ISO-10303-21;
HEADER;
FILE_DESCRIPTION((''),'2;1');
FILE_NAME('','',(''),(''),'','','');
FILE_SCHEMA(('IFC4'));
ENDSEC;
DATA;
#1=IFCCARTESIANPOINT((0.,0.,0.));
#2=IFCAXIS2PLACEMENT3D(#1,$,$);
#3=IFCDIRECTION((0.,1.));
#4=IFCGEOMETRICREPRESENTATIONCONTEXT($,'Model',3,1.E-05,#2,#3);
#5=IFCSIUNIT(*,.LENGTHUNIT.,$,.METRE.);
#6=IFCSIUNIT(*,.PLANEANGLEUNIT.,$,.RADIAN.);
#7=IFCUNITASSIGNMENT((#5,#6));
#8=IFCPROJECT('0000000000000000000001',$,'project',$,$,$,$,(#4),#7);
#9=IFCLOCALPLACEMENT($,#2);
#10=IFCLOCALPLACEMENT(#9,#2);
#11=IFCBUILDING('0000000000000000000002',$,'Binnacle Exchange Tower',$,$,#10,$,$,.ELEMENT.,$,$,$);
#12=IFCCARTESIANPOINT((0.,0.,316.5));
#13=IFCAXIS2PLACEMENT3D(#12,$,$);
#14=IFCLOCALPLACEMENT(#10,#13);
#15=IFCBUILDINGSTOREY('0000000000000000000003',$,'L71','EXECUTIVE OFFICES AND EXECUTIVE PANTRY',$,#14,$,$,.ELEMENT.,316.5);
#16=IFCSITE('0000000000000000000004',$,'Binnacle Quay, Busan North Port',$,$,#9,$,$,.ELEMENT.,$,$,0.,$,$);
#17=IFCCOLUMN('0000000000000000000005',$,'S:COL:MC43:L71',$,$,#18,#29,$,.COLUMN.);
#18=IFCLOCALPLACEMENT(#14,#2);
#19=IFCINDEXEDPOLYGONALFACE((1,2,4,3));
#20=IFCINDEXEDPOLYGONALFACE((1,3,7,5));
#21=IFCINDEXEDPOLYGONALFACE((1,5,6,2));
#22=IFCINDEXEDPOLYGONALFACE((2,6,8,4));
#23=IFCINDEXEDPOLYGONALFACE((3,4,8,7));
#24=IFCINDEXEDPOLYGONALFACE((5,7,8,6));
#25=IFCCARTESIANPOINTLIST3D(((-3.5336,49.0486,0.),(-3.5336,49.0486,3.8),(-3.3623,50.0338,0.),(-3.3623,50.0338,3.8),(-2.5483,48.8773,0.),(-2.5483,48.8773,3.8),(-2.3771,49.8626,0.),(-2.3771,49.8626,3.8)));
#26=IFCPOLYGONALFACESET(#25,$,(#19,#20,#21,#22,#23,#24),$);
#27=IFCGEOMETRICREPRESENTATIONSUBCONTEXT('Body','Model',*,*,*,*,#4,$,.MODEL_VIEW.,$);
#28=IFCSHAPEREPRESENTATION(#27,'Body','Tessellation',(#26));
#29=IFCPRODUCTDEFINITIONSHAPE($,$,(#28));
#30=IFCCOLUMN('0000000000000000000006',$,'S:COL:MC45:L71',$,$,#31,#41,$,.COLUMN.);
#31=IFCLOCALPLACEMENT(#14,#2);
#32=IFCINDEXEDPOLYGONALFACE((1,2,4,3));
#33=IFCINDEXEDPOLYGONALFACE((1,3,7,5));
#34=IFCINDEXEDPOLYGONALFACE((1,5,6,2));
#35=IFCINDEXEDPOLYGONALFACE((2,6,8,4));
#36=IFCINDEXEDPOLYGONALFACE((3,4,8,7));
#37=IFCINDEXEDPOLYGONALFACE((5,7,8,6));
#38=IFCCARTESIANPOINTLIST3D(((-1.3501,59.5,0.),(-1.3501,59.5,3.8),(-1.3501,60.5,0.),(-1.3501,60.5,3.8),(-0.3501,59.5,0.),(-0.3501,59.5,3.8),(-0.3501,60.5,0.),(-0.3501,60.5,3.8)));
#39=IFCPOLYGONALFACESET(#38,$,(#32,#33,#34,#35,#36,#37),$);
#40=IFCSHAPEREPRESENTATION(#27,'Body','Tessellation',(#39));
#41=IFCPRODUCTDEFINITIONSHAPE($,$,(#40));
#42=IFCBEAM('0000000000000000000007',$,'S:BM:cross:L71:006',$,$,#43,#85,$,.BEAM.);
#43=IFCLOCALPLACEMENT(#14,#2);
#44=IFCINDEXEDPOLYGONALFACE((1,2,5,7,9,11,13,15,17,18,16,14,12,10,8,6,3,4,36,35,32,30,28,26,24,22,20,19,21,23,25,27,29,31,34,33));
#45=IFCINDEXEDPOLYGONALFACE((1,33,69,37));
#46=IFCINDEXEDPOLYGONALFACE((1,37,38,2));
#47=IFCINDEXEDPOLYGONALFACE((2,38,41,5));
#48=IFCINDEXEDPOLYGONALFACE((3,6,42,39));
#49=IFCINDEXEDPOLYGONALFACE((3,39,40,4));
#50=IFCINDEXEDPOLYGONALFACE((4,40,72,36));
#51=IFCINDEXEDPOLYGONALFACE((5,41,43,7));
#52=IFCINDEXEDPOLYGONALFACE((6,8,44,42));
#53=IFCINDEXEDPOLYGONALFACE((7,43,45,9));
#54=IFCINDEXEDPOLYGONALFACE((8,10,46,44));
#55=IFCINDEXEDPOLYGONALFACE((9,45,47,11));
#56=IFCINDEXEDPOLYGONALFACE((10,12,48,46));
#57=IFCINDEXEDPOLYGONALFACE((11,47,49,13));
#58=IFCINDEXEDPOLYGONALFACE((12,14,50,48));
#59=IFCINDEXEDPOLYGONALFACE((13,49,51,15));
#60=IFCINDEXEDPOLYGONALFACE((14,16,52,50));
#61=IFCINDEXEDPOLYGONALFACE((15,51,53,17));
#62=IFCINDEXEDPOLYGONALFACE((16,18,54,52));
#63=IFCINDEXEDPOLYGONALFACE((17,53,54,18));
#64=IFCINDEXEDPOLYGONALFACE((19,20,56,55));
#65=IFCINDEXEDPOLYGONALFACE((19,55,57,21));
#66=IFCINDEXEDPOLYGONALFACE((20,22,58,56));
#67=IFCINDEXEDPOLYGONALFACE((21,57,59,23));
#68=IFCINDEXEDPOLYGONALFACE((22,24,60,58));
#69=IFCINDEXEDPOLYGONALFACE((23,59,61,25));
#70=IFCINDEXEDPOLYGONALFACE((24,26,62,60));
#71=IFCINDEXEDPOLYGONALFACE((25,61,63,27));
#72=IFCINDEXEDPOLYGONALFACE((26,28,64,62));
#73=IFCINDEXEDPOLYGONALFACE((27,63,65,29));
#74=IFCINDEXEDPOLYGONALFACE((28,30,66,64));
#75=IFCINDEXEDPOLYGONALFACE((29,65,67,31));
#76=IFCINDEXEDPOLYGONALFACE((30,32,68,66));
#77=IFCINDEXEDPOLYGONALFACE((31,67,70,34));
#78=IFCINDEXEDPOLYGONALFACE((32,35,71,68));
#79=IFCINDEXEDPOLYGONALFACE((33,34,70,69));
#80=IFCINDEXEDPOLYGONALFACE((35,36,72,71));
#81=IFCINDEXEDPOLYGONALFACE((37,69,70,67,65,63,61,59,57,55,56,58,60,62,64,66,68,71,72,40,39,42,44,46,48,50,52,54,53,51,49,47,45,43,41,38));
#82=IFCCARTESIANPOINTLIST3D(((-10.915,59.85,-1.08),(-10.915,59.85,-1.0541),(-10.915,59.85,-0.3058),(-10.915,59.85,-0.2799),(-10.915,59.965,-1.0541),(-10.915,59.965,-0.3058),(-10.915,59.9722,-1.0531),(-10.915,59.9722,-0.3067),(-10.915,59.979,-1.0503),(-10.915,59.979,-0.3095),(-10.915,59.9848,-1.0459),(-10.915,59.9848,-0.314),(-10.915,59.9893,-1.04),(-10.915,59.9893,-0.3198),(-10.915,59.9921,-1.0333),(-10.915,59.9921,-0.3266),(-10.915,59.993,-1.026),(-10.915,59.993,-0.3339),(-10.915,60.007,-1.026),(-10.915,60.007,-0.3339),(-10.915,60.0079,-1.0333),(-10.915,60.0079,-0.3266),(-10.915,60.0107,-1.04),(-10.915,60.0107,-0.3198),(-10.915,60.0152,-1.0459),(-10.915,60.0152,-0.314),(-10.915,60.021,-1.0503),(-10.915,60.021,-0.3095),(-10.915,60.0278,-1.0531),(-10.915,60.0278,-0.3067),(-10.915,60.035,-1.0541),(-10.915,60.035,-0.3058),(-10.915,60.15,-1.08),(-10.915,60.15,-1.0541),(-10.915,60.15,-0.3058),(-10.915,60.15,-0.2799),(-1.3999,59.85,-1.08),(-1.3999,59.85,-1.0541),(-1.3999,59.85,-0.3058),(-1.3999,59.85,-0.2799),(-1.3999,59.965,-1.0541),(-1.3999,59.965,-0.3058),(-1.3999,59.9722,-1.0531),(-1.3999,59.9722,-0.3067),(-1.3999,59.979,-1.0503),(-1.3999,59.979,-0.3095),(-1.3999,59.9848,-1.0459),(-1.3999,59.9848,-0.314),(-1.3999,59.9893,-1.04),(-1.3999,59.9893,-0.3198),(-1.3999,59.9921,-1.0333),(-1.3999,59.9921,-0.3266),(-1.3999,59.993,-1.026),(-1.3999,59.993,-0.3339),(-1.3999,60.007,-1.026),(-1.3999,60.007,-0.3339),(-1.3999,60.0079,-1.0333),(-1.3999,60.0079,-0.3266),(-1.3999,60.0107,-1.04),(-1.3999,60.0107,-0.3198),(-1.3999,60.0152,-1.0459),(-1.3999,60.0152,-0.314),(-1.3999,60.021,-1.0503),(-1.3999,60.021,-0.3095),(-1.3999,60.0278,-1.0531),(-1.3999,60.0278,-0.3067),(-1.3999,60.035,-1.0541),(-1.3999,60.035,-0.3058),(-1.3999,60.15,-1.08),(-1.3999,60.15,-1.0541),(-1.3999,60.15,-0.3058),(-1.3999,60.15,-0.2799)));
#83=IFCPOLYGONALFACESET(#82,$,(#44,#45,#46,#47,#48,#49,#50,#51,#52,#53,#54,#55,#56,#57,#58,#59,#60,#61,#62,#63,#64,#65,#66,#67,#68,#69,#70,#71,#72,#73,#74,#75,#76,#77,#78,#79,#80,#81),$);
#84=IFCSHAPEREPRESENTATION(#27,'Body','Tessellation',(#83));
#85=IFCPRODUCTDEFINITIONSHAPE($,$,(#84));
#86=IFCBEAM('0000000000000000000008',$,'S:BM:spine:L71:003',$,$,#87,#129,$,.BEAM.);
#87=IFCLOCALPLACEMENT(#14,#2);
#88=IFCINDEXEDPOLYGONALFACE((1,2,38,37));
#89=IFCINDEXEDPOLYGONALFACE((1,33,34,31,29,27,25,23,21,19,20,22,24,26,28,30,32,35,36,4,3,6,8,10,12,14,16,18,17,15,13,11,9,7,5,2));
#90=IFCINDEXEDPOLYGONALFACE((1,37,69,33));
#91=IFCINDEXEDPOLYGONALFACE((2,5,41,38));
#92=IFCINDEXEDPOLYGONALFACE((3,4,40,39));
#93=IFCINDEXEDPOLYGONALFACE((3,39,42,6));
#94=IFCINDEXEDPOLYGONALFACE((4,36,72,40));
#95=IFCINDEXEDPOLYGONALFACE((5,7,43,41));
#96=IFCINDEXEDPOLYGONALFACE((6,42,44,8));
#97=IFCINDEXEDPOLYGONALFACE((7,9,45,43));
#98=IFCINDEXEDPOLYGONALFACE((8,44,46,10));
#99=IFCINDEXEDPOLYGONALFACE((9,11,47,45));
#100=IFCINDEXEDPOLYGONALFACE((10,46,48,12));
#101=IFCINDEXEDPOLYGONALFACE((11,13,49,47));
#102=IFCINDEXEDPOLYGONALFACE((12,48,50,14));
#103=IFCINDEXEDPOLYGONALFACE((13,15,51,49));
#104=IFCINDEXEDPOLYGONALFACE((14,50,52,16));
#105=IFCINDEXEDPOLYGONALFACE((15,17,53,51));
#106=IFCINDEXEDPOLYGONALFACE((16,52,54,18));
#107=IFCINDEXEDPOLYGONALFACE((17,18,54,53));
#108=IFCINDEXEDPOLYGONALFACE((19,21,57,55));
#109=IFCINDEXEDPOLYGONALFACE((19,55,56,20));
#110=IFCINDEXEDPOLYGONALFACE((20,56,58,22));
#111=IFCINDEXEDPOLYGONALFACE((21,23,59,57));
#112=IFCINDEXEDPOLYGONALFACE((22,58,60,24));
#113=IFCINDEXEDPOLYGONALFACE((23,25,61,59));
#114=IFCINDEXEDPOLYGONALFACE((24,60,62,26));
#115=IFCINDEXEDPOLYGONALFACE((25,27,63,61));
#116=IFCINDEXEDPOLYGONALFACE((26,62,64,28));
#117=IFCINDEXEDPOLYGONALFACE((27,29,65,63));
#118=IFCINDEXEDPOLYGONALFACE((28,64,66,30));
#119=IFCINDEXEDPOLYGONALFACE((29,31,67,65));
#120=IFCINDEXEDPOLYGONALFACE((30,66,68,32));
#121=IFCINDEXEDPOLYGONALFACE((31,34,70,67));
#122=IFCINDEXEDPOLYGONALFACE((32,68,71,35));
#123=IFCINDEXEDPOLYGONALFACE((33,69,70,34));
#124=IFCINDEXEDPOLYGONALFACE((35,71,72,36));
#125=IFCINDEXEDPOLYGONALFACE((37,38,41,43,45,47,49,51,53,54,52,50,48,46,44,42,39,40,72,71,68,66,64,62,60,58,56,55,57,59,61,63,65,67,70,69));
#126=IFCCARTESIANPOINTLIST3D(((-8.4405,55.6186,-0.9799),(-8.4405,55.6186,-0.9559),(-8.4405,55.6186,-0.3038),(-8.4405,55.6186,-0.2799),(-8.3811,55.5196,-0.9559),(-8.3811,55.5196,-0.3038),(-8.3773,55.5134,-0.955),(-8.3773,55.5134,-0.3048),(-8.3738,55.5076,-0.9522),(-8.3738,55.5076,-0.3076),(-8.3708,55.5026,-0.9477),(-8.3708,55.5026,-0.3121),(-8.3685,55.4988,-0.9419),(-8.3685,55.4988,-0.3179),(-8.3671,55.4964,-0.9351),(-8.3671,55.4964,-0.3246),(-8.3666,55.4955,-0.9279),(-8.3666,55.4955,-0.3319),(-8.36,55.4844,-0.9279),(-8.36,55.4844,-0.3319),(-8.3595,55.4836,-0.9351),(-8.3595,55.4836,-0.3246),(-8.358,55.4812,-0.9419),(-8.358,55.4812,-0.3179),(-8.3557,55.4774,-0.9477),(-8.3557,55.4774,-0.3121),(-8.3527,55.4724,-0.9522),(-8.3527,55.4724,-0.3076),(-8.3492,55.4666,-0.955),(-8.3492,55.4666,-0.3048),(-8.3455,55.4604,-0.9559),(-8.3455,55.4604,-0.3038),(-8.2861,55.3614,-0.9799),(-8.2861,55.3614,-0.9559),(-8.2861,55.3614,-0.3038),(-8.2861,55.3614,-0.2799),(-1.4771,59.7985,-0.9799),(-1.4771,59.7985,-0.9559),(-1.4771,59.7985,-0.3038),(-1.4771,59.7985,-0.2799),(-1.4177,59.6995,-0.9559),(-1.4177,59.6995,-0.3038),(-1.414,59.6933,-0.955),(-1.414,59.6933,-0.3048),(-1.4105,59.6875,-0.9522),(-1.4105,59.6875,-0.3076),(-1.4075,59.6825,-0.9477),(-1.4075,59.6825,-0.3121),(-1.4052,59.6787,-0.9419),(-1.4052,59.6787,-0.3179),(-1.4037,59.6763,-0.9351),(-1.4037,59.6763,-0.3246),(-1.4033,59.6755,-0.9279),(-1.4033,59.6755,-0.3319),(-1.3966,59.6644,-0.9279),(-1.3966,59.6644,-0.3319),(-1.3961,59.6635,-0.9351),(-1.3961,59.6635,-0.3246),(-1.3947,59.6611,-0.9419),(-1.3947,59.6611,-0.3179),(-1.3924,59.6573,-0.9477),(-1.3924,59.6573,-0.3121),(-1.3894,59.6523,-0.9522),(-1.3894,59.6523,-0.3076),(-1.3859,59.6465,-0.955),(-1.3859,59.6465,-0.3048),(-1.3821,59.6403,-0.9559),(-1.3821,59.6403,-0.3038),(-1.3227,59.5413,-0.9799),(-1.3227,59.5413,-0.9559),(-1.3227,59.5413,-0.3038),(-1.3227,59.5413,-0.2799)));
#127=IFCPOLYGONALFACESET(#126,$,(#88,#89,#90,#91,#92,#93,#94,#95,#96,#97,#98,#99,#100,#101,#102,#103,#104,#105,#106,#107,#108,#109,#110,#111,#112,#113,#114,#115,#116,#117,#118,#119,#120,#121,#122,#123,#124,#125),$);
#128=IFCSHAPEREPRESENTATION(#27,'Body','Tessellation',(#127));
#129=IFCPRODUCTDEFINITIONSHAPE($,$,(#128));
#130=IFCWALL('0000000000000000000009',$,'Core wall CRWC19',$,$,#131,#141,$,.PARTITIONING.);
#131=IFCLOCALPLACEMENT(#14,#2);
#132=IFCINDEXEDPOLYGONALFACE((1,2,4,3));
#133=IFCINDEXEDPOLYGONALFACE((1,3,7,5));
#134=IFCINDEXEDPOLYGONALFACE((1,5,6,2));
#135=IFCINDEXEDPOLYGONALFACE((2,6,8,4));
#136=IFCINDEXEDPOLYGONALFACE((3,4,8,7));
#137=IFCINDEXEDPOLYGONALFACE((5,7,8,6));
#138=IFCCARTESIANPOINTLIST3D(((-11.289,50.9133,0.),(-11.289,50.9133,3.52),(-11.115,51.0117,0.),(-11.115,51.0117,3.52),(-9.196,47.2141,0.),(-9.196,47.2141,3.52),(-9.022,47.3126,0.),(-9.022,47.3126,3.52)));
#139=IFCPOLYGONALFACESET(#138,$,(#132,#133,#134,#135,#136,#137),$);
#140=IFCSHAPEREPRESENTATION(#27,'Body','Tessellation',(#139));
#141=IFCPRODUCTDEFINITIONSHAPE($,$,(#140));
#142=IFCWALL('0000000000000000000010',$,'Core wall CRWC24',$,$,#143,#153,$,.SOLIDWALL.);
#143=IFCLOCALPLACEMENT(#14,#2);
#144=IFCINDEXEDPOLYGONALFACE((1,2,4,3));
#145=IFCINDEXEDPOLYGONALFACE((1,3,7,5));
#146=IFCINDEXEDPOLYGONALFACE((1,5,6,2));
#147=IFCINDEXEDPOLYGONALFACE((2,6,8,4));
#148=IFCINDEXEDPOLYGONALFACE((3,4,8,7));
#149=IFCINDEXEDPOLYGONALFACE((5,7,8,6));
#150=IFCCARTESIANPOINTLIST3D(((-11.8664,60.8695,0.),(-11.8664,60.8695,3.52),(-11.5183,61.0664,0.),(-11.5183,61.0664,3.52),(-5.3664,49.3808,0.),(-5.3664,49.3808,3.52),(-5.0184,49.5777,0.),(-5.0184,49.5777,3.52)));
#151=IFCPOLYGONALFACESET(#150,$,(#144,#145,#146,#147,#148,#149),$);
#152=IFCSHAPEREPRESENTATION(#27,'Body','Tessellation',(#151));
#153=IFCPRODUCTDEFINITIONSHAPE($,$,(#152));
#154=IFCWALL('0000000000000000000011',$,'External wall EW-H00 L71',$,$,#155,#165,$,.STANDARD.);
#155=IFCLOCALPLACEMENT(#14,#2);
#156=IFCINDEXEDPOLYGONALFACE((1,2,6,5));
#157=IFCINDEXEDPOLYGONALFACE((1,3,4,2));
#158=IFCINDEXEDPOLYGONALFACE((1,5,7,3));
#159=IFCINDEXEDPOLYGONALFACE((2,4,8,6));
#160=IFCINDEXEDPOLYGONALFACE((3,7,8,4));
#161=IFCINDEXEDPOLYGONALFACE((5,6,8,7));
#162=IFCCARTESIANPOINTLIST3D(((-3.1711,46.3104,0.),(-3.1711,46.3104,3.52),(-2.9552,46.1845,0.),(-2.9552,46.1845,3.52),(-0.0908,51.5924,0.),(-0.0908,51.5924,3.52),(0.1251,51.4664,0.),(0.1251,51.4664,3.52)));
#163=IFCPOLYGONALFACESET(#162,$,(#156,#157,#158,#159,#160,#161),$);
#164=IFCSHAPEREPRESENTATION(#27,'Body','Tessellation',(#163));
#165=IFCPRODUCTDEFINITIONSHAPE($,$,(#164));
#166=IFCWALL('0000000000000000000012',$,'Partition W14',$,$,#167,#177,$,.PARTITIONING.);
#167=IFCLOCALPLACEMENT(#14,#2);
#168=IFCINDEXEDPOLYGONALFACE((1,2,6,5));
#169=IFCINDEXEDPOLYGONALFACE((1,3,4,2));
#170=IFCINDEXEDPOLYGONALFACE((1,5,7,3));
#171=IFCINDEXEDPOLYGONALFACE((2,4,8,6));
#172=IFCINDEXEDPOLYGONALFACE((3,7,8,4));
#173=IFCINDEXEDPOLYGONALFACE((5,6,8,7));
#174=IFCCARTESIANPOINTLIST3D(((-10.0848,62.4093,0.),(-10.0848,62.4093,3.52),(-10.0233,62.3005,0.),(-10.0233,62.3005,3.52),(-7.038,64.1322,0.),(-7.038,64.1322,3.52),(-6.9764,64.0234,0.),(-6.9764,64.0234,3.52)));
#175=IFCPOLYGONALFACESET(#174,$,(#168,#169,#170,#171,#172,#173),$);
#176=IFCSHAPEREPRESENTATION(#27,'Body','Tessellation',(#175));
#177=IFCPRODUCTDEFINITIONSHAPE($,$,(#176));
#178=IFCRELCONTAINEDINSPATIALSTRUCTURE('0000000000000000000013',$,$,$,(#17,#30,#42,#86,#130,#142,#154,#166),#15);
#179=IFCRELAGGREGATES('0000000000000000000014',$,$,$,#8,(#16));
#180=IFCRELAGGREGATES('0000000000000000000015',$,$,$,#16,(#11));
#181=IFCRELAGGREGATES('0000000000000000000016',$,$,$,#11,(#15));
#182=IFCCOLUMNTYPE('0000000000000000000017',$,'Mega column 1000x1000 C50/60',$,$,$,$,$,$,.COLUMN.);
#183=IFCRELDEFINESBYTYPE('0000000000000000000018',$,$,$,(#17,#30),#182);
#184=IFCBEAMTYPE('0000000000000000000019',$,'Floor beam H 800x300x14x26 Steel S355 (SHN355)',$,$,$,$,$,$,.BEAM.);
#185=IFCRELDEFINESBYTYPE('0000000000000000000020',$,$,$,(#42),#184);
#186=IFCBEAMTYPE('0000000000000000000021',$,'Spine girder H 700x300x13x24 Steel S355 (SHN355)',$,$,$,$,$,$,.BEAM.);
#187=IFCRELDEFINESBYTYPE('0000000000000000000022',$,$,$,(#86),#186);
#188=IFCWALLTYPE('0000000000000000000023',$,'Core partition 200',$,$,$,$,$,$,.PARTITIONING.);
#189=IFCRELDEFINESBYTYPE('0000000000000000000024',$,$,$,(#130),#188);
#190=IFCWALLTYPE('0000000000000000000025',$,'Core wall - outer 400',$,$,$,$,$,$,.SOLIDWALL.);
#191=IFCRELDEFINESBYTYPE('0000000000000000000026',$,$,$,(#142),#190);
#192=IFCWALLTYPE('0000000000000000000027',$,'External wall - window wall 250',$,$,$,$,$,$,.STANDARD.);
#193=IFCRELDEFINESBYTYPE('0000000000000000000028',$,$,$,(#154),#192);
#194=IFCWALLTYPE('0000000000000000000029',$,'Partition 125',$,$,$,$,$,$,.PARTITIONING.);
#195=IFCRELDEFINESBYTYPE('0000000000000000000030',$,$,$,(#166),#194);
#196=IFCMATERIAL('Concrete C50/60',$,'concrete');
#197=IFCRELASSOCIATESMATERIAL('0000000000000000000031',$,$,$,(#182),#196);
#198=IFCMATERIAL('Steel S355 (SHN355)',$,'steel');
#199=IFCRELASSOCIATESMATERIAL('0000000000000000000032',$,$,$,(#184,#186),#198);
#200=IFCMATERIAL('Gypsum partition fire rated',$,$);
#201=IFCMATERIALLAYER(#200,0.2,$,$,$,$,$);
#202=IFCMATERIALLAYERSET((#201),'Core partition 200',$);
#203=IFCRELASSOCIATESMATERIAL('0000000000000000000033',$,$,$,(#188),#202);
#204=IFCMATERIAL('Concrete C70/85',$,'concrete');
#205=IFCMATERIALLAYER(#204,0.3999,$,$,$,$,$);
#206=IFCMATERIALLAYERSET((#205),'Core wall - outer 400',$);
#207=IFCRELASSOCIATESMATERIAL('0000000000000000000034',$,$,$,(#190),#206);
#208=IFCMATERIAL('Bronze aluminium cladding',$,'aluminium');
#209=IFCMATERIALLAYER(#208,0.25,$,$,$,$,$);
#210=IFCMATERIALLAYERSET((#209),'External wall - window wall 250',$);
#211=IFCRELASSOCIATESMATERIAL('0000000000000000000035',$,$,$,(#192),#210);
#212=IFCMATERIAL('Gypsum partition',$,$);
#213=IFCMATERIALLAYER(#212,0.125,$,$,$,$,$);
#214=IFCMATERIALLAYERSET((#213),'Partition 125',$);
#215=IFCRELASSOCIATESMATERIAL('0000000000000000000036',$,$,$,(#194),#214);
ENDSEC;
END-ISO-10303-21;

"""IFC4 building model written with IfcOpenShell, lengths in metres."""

from ifc_helpers import new_model, si_unit, direction, frame, frame_2d, origin, origin_2d, place, context, subcontext, project, spatial, rectangle, i_section, extrude, material, layer, layer_set, material_profile, profile_set, type_object, element, save


model = new_model("IFC4")

# Units and contexts
model_context = context("Model", 3, precision=1e-05, world=origin(), true_north=direction((0.0, 1.0)))
body_context = subcontext(model_context, "Body", "Model", "MODEL_VIEW")
ifc_project = project(units=[si_unit("LENGTHUNIT", "METRE"), si_unit("PLANEANGLEUNIT", "RADIAN")], contexts=[model_context])

# Site, building, storey
site_placement = place(None, origin())
site = spatial("IfcSite", under=ifc_project, at=site_placement, Name="Binnacle Quay, Busan North Port", CompositionType="ELEMENT", RefElevation=0.0)
building_placement = place(site_placement, origin())
building = spatial("IfcBuilding", under=site, at=building_placement, Name="Binnacle Exchange Tower", CompositionType="ELEMENT")
storey_placement = place(building_placement, frame((0.0, 0.0, 316.5)))
storey = spatial("IfcBuildingStorey", under=building, at=storey_placement, Name="L71", Description="EXECUTIVE OFFICES AND EXECUTIVE PANTRY", CompositionType="ELEMENT", Elevation=316.5)

# Columns
ifc_material_1 = material(Name="Concrete C50/60", Category="concrete")
ifc_material_profile_1 = material_profile(ifc_material_1, rectangle(XDim=1.0, YDim=1.0, at=origin_2d()), Name="Mega column 1000x1000 C50/60")
ifc_profile_set_1 = profile_set([ifc_material_profile_1], Name="Concrete C50/60")
column_type = type_object("IfcColumnType", Name="Mega column 1000x1000 C50/60", PredefinedType="COLUMN", material=ifc_profile_set_1)
for number, where, z_axis, x_axis, name in (
    (1, (-2.9553, 49.4556, 0.0), (0.0, 0.0, 1.0), (-0.985226, 0.171259, 0.0), "S:COL:MC43:L71"),
    (2, (-0.8501, 60.0, 0.0), (0.0, 0.0, 1.0), (0.0, 1.0, 0.0), "S:COL:MC45:L71"),
):
    element("IfcColumn", number, at=place(storey_placement, frame(where, z_axis=z_axis, x_axis=x_axis)), inside=storey, type_object=column_type, Name=name, PredefinedType="COLUMN", context=body_context, shape_type="SweptSolid", body=[
        extrude(rectangle(XDim=1.0, YDim=1.0, at=origin_2d()), origin(), (0.0, 0.0, 1.0), 3.8),
    ])

# Beams
ifc_material_2 = material(Name="Steel S355 (SHN355)", Category="steel")
ifc_material_profile_2 = material_profile(ifc_material_2, i_section(OverallWidth=0.3, OverallDepth=0.8, WebThickness=0.0139, FlangeThickness=0.0259, FilletRadius=0.0281, at=origin_2d()), Name="H 800x300x14x26")
ifc_profile_set_2 = profile_set([ifc_material_profile_2], Name="Steel S355 (SHN355)")
beam_type_1 = type_object("IfcBeamType", Name="Floor beam H 800x300x14x26 Steel S355 (SHN355)", PredefinedType="BEAM", material=ifc_profile_set_2)
beam_1_placement = place(storey_placement, frame((-1.3999, 60.0, -0.6799), z_axis=(-1.0, 0.0, 0.0), x_axis=(0.0, -1.0, 0.0)))
element("IfcBeam", 3, at=beam_1_placement, inside=storey, type_object=beam_type_1, Name="S:BM:cross:L71:006", PredefinedType="BEAM", context=body_context, shape_type="SweptSolid", body=[
    extrude(i_section(OverallWidth=0.3, OverallDepth=0.8, WebThickness=0.0139, FlangeThickness=0.0259, FilletRadius=0.0281, at=origin_2d()), origin(), (0.0, 0.0, 1.0), 9.5151),
])
ifc_material_profile_3 = material_profile(ifc_material_2, i_section(OverallWidth=0.3, OverallDepth=0.7, WebThickness=0.0129, FlangeThickness=0.0239, FilletRadius=0.0281, at=origin_2d()), Name="H 700x300x13x24")
ifc_profile_set_3 = profile_set([ifc_material_profile_3], Name="Steel S355 (SHN355)")
beam_type_2 = type_object("IfcBeamType", Name="Spine girder H 700x300x13x24 Steel S355 (SHN355)", PredefinedType="BEAM", material=ifc_profile_set_3)
beam_2_placement = place(storey_placement, frame((-8.3633, 55.49, -0.6299), z_axis=(0.857389, 0.514668, 0.0), x_axis=(-0.514668, 0.857389, 0.0)))
element("IfcBeam", 4, at=beam_2_placement, inside=storey, type_object=beam_type_2, Name="S:BM:spine:L71:003", PredefinedType="BEAM", context=body_context, shape_type="SweptSolid", body=[
    extrude(i_section(OverallWidth=0.3, OverallDepth=0.7, WebThickness=0.0129, FlangeThickness=0.0239, FilletRadius=0.0281, at=origin_2d()), origin(), (0.0, 0.0, 1.0), 8.1216),
])

# Walls
ifc_material_3 = material(Name="Gypsum partition fire rated")
ifc_layer_1 = layer(ifc_material_3, 0.2)
ifc_layer_set_1 = layer_set([ifc_layer_1], Name="Core partition 200")
wall_type_1 = type_object("IfcWallType", Name="Core partition 200", PredefinedType="PARTITIONING", material=ifc_layer_set_1)
wall_1_placement = place(storey_placement, frame((-11.2019, 50.9624, 0.0), z_axis=(0.0, 0.0, 1.0), x_axis=(0.492441, -0.870346, 0.0)))
element("IfcWall", 5, at=wall_1_placement, inside=storey, type_object=wall_type_1, Name="Core wall CRWC19", PredefinedType="PARTITIONING", context=body_context, shape_type="SweptSolid", body=[
    extrude(rectangle(XDim=4.2502, YDim=0.2, at=frame_2d((2.125, 0.0))), origin(), (0.0, 0.0, 1.0), 3.52),
])
ifc_material_4 = material(Name="Concrete C70/85", Category="concrete")
ifc_layer_2 = layer(ifc_material_4, 0.3999)
ifc_layer_set_2 = layer_set([ifc_layer_2], Name="Core wall - outer 400")
wall_type_2 = type_object("IfcWallType", Name="Core wall - outer 400", PredefinedType="SOLIDWALL", material=ifc_layer_set_2)
wall_2_placement = place(storey_placement, frame((-11.6924, 60.968, 0.0), z_axis=(0.0, 0.0, 1.0), x_axis=(0.492422, -0.870357, 0.0)))
element("IfcWall", 6, at=wall_2_placement, inside=storey, type_object=wall_type_2, Name="Core wall CRWC24", PredefinedType="SOLIDWALL", context=body_context, shape_type="SweptSolid", body=[
    extrude(rectangle(XDim=13.2, YDim=0.3999, at=frame_2d((6.6001, 0.0))), origin(), (0.0, 0.0, 1.0), 3.52),
])
ifc_material_5 = material(Name="Bronze aluminium cladding", Category="aluminium")
ifc_layer_3 = layer(ifc_material_5, 0.25)
ifc_layer_set_3 = layer_set([ifc_layer_3], Name="External wall - window wall 250")
wall_type_3 = type_object("IfcWallType", Name="External wall - window wall 250", PredefinedType="STANDARD", material=ifc_layer_set_3)
wall_3_placement = place(storey_placement, frame((0.0171, 51.5293, 0.0), z_axis=(0.0, 0.0, 1.0), x_axis=(-0.503769, -0.863838, 0.0)))
element("IfcWall", 7, at=wall_3_placement, inside=storey, type_object=wall_type_3, Name="External wall EW-H00 L71", PredefinedType="STANDARD", context=body_context, shape_type="SweptSolid", body=[
    extrude(rectangle(XDim=6.1145, YDim=0.25, at=frame_2d((3.0571, 0.0))), origin(), (0.0, 0.0, 1.0), 3.52),
])

# Wall
ifc_material_6 = material(Name="Gypsum partition")
ifc_layer_4 = layer(ifc_material_6, 0.125)
ifc_layer_set_4 = layer_set([ifc_layer_4], Name="Partition 125")
wall_type_4 = type_object("IfcWallType", Name="Partition 125", PredefinedType="PARTITIONING", material=ifc_layer_set_4)
wall_4_placement = place(storey_placement, frame((-10.054, 62.355, 0.0), z_axis=(0.0, 0.0, 1.0), x_axis=(0.870471, 0.49222, 0.0)))
element("IfcWall", 8, at=wall_4_placement, inside=storey, type_object=wall_type_4, Name="Partition W14", PredefinedType="PARTITIONING", context=body_context, shape_type="SweptSolid", body=[
    extrude(rectangle(XDim=3.5002, YDim=0.125, at=frame_2d((1.75, 0.0))), origin(), (0.0, 0.0, 1.0), 3.52),
])

save(model, "model.ifc")
